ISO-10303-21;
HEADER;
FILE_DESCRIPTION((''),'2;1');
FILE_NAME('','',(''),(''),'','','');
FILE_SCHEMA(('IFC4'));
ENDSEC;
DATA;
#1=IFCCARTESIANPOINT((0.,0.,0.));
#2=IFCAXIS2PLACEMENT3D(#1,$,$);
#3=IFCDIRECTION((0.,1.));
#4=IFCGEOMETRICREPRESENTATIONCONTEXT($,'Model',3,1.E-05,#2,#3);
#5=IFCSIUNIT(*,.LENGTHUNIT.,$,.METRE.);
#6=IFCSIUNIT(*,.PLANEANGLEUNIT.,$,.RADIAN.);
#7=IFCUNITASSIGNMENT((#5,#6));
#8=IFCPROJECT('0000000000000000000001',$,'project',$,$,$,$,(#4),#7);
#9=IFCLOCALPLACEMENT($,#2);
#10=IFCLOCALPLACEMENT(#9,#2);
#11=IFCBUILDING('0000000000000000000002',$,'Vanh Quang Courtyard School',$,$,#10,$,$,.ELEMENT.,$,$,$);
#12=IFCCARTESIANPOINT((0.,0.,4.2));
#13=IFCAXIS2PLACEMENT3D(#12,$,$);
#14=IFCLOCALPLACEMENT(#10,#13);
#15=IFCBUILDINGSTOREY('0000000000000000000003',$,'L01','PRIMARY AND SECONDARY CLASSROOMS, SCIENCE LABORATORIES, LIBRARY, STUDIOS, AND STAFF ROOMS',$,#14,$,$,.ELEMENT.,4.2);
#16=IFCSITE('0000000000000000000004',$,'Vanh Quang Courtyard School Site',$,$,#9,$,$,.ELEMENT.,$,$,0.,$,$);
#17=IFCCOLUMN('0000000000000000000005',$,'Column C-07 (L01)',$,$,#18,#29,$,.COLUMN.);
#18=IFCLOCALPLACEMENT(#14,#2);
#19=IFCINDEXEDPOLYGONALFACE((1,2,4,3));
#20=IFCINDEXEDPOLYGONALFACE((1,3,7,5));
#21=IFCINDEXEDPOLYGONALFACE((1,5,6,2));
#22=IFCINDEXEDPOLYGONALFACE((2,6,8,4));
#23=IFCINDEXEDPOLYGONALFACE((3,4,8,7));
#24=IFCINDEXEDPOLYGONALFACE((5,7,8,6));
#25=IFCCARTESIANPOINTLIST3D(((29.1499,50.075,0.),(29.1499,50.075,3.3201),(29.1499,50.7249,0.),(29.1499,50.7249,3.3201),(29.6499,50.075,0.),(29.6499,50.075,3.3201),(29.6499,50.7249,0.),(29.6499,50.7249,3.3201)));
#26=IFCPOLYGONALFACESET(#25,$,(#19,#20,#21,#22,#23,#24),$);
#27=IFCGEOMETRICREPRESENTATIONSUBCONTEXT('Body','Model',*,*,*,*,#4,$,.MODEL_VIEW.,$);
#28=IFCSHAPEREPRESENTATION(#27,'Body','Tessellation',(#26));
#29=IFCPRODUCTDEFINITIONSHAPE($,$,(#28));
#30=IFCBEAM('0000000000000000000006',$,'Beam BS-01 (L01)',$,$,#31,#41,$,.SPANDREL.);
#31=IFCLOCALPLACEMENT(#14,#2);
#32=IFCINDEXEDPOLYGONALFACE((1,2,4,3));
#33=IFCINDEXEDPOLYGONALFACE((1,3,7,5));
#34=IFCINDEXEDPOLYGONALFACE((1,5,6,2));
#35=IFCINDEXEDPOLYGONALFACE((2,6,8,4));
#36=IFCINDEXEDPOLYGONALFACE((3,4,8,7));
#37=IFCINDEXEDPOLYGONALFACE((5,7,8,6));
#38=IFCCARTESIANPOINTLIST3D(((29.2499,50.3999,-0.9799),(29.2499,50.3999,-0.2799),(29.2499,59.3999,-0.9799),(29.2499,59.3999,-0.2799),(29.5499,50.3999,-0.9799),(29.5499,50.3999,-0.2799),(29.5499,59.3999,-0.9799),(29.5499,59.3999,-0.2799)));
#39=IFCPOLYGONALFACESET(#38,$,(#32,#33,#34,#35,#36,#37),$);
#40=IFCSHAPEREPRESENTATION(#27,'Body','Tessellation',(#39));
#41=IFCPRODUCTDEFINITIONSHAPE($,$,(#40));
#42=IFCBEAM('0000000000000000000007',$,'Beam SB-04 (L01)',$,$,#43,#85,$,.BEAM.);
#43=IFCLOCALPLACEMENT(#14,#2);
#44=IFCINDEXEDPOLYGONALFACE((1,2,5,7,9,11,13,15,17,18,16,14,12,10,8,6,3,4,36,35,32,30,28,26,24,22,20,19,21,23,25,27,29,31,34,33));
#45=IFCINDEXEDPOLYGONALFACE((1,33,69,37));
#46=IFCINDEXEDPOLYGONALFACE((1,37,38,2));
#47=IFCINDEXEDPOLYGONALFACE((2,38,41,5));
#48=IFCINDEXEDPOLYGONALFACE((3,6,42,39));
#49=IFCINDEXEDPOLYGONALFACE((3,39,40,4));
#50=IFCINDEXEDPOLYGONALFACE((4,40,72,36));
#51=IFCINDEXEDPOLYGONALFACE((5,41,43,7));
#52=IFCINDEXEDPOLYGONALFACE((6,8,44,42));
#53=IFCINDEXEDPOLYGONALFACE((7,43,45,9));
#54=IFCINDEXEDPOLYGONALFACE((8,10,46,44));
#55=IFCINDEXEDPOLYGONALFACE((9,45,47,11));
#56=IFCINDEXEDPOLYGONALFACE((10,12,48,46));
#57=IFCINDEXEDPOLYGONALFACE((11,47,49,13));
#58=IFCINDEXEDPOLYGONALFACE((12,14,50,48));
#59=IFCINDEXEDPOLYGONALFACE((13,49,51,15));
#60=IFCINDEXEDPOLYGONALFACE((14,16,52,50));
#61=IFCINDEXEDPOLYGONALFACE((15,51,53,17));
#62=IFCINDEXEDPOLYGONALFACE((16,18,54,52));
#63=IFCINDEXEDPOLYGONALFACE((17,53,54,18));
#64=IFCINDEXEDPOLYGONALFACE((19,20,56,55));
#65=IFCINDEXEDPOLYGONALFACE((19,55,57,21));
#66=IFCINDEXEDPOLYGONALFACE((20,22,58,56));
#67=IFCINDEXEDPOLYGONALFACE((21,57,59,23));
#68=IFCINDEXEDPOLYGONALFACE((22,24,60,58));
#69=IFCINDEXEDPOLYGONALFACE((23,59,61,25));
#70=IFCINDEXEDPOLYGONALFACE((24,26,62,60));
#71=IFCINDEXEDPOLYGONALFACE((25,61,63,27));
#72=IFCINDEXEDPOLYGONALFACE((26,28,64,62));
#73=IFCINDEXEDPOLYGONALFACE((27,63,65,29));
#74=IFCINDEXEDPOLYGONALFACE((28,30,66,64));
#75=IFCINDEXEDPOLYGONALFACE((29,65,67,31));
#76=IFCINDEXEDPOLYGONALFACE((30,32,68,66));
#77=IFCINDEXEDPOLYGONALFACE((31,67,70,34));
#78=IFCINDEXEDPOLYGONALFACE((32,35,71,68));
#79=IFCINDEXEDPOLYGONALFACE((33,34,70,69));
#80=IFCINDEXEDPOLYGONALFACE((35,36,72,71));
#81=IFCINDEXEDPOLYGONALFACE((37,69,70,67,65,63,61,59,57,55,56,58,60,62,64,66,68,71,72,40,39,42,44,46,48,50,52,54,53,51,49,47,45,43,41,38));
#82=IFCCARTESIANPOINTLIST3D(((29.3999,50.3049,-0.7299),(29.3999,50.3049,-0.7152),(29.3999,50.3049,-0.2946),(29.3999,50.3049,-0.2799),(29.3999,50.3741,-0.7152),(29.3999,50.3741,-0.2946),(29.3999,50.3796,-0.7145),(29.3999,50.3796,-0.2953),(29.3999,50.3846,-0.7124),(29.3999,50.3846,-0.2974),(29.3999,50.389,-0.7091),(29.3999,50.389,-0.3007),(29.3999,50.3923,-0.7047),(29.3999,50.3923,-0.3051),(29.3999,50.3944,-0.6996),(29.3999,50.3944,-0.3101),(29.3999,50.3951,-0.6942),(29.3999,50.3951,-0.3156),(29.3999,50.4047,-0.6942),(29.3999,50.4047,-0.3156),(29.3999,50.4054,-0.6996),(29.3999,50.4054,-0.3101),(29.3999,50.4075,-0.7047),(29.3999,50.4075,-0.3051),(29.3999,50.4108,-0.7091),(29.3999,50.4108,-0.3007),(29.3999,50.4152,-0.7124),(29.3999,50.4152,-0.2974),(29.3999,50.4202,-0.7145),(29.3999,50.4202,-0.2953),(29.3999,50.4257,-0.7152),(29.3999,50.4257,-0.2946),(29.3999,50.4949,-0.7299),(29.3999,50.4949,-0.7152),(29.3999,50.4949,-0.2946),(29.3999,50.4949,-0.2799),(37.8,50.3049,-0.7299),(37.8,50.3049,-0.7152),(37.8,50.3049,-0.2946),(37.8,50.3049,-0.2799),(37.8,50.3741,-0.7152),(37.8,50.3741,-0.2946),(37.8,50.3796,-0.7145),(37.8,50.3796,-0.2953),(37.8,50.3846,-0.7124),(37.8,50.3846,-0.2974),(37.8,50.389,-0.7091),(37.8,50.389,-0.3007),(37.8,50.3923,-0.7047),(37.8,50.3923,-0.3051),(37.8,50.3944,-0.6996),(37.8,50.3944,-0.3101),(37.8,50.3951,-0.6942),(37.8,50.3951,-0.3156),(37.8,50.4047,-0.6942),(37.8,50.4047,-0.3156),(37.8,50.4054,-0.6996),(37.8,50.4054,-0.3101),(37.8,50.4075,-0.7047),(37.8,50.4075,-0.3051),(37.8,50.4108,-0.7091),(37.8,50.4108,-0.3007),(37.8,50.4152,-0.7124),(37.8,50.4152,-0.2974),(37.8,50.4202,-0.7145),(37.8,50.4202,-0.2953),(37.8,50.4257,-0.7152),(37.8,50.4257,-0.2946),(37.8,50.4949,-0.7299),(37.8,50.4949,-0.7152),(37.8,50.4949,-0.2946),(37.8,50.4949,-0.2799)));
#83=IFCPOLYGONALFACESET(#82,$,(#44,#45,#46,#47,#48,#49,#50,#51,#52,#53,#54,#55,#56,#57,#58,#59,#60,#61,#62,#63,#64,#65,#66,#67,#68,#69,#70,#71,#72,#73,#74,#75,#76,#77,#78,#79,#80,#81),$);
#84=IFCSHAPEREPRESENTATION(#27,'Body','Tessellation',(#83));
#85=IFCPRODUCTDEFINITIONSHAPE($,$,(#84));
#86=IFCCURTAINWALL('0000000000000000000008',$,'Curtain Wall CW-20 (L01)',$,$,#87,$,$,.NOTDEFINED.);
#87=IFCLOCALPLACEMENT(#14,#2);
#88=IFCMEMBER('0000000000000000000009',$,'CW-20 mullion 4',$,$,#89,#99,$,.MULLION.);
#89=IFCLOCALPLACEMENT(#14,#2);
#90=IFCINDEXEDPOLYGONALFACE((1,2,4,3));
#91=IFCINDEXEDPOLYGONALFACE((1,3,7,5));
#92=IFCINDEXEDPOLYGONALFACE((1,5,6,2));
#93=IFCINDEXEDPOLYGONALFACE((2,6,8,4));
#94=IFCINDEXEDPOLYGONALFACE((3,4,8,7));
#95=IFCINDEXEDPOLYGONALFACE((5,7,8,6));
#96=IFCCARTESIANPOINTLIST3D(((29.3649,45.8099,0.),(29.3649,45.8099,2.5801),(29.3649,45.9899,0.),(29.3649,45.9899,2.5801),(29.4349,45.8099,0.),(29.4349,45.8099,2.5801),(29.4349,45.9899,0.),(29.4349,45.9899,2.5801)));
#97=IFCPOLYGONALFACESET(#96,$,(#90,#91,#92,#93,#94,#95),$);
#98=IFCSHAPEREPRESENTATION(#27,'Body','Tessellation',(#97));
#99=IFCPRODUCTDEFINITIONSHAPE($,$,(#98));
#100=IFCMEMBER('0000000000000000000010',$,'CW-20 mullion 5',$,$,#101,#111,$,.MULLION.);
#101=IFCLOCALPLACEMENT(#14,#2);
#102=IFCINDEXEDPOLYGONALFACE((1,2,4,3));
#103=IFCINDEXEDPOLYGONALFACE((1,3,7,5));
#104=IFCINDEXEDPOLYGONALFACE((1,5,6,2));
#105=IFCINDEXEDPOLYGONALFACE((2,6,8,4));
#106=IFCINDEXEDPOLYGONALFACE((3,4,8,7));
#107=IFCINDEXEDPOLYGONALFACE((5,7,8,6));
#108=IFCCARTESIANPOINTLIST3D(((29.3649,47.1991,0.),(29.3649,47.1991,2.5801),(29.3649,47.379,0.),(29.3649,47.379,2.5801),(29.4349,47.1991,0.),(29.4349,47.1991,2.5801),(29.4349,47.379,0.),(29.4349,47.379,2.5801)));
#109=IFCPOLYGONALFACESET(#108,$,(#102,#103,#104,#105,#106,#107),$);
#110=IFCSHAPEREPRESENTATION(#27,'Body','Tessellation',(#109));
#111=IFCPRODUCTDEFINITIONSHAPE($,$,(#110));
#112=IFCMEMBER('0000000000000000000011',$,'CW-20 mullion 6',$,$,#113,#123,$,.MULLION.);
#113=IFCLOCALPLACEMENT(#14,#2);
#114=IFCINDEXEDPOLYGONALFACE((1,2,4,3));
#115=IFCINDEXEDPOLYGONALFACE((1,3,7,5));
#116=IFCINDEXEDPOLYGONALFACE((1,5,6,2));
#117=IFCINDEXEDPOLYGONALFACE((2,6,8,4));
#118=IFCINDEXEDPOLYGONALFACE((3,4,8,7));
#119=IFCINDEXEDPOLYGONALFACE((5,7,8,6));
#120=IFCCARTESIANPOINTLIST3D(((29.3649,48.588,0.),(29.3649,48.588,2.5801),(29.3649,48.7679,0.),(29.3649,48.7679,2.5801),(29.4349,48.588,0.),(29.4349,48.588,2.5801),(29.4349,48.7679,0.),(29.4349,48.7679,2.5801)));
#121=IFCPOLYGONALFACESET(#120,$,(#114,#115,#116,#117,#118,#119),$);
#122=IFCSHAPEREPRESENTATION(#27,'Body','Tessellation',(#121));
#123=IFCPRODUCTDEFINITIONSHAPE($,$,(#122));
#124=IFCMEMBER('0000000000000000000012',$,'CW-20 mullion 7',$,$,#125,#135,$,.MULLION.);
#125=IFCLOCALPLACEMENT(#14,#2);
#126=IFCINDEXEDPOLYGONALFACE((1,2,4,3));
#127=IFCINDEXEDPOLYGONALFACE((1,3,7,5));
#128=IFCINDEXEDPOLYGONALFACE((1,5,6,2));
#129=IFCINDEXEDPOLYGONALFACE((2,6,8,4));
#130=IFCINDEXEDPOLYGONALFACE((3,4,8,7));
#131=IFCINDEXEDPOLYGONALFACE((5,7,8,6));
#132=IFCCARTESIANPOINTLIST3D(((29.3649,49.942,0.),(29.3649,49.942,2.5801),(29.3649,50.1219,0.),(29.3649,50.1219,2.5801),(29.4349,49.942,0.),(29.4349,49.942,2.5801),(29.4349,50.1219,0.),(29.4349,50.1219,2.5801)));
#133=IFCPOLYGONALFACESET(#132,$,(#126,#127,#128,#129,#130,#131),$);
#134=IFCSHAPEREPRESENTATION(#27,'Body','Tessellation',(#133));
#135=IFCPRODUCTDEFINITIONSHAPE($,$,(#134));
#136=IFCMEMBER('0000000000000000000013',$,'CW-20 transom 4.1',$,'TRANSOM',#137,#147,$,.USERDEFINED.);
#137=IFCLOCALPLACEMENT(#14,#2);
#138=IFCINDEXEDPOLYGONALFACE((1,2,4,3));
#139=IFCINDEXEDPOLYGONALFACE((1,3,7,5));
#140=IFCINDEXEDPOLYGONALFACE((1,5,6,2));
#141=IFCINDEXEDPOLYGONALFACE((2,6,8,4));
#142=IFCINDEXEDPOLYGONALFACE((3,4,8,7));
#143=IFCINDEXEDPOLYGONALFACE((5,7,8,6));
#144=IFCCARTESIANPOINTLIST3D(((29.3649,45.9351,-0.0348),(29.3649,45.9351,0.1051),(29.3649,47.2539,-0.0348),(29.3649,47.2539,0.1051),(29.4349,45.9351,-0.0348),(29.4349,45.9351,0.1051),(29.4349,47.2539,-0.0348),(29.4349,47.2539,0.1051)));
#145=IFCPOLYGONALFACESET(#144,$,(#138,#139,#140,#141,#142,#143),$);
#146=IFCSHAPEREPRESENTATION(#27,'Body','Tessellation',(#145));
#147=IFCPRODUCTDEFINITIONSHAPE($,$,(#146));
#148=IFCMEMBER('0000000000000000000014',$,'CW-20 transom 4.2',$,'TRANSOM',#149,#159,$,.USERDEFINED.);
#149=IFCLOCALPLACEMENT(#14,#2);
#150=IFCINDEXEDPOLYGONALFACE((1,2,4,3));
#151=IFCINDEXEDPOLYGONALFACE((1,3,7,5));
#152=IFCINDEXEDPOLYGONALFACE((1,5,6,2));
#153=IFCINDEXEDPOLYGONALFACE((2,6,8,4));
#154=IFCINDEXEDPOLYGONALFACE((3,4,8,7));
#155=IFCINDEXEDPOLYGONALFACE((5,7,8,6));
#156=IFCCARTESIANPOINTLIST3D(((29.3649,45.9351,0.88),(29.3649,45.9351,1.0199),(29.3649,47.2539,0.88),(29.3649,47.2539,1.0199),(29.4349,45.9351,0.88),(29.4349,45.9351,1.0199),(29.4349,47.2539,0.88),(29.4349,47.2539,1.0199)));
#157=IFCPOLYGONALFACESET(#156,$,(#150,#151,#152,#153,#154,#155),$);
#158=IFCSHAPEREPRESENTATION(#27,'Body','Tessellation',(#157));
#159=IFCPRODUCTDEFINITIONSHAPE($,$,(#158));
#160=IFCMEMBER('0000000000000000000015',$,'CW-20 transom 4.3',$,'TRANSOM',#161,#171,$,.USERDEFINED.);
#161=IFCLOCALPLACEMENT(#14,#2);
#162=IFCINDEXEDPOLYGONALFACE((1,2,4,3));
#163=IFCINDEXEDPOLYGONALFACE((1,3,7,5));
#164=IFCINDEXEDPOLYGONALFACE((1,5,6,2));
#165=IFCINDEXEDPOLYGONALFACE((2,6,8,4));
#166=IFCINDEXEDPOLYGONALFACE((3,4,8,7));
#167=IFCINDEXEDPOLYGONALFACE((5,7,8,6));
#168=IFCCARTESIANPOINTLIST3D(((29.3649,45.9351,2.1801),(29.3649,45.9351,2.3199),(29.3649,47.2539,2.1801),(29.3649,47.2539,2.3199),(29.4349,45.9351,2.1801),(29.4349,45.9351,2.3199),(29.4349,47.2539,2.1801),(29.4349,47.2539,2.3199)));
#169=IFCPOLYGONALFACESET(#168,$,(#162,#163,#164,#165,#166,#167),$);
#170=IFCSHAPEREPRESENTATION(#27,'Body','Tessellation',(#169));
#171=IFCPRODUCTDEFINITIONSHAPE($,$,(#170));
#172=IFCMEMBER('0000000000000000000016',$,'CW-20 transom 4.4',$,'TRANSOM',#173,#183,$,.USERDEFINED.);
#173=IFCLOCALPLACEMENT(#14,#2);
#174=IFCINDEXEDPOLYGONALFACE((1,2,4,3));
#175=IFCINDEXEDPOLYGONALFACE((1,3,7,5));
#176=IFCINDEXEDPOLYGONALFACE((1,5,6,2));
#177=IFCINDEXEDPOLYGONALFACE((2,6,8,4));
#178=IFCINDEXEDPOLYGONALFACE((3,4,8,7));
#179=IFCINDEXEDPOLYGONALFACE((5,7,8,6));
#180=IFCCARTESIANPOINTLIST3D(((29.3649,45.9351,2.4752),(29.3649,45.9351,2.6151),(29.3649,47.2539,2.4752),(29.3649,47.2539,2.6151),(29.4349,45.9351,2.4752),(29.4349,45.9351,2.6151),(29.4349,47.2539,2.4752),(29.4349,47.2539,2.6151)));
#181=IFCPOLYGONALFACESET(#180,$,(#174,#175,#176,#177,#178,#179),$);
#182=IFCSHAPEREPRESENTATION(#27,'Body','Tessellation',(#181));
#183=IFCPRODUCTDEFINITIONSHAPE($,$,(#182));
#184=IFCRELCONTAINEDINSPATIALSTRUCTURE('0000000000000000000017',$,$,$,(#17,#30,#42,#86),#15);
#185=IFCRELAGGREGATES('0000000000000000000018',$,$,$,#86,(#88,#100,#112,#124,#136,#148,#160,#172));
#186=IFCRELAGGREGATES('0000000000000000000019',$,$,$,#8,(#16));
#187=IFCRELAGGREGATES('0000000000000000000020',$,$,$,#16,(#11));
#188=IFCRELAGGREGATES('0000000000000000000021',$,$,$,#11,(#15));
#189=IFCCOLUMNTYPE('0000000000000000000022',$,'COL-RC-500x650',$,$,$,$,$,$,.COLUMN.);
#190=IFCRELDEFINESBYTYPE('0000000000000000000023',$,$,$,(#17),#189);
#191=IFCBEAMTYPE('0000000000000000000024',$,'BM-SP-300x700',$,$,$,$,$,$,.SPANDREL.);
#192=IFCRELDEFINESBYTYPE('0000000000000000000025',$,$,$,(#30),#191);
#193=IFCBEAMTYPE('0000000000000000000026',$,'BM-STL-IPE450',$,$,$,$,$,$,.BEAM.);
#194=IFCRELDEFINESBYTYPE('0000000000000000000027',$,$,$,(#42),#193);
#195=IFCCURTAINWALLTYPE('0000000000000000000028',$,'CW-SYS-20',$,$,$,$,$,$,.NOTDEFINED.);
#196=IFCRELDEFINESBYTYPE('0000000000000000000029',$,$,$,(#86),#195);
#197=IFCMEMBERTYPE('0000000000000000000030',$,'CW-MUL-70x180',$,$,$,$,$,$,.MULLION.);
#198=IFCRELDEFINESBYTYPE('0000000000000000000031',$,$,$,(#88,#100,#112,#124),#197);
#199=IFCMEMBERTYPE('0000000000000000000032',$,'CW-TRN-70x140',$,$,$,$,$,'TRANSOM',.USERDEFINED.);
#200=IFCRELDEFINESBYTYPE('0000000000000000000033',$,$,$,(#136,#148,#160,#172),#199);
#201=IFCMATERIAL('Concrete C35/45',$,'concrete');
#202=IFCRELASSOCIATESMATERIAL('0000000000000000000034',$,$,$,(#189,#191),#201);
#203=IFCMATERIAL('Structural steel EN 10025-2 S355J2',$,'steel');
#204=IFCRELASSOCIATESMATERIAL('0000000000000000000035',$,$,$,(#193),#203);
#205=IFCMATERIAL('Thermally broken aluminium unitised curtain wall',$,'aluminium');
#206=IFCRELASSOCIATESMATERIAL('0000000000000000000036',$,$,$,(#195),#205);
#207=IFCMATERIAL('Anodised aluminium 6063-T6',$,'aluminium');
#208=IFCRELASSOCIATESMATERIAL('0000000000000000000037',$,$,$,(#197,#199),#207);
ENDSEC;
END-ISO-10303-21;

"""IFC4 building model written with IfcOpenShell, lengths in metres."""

from ifc_helpers import new_model, si_unit, direction, frame, origin, origin_2d, place, context, subcontext, project, spatial, rectangle, i_section, extrude, material, material_profile, profile_set, type_object, element, aggregate, save


model = new_model("IFC4")

# Units and contexts
model_context = context("Model", 3, precision=1e-05, world=origin(), true_north=direction((0.0, 1.0)))
body_context = subcontext(model_context, "Body", "Model", "MODEL_VIEW")
ifc_project = project(units=[si_unit("LENGTHUNIT", "METRE"), si_unit("PLANEANGLEUNIT", "RADIAN")], contexts=[model_context])

# Site, building, storey
site_placement = place(None, origin())
site = spatial("IfcSite", under=ifc_project, at=site_placement, Name="Vanh Quang Courtyard School Site", CompositionType="ELEMENT", RefElevation=0.0)
building_placement = place(site_placement, origin())
building = spatial("IfcBuilding", under=site, at=building_placement, Name="Vanh Quang Courtyard School", CompositionType="ELEMENT")
storey_placement = place(building_placement, frame((0.0, 0.0, 4.2)))
storey = spatial("IfcBuildingStorey", under=building, at=storey_placement, Name="L01", Description="PRIMARY AND SECONDARY CLASSROOMS, SCIENCE LABORATORIES, LIBRARY, STUDIOS, AND STAFF ROOMS", CompositionType="ELEMENT", Elevation=4.2)

# Column
ifc_material_1 = material(Name="Concrete C35/45", Category="concrete")
ifc_material_profile_1 = material_profile(ifc_material_1, rectangle(XDim=0.5, YDim=0.6499, at=origin_2d()), Name="RC-COL 500x650")
ifc_profile_set_1 = profile_set([ifc_material_profile_1], Name="Concrete C35/45")
column_type = type_object("IfcColumnType", Name="COL-RC-500x650", PredefinedType="COLUMN", material=ifc_profile_set_1)
column_placement = place(storey_placement, frame((29.3999, 50.3999, 0.0), z_axis=(0.0, 0.0, 1.0), x_axis=(1.0, 0.0, 0.0)))
element("IfcColumn", 1, at=column_placement, inside=storey, type_object=column_type, Name="Column C-07 (L01)", PredefinedType="COLUMN", context=body_context, shape_type="SweptSolid", body=[
    extrude(rectangle(XDim=0.5, YDim=0.6499, at=origin_2d()), origin(), (0.0, 0.0, 1.0), 3.3201),
])

# Beams
ifc_material_profile_2 = material_profile(ifc_material_1, rectangle(XDim=0.3, YDim=0.7, at=origin_2d()), Name="RC-SP 300x700")
ifc_profile_set_2 = profile_set([ifc_material_profile_2], Name="Concrete C35/45")
beam_type_1 = type_object("IfcBeamType", Name="BM-SP-300x700", PredefinedType="SPANDREL", material=ifc_profile_set_2)
beam_1_placement = place(storey_placement, frame((29.3999, 50.3999, -0.6299), z_axis=(0.0, 1.0, 0.0), x_axis=(-1.0, 0.0, 0.0)))
element("IfcBeam", 2, at=beam_1_placement, inside=storey, type_object=beam_type_1, Name="Beam BS-01 (L01)", PredefinedType="SPANDREL", context=body_context, shape_type="SweptSolid", body=[
    extrude(rectangle(XDim=0.3, YDim=0.7, at=origin_2d()), origin(), (0.0, 0.0, 1.0), 9.0),
])
ifc_material_2 = material(Name="Structural steel EN 10025-2 S355J2", Category="steel")
ifc_material_profile_3 = material_profile(ifc_material_2, i_section(OverallWidth=0.1899, OverallDepth=0.45, WebThickness=0.0095, FlangeThickness=0.0146, FilletRadius=0.021, at=origin_2d()), Name="IPE 450")
ifc_profile_set_3 = profile_set([ifc_material_profile_3], Name="Structural steel EN 10025-2 S355J2")
beam_type_2 = type_object("IfcBeamType", Name="BM-STL-IPE450", PredefinedType="BEAM", material=ifc_profile_set_3)
beam_2_placement = place(storey_placement, frame((29.3999, 50.3999, -0.5049), z_axis=(1.0, 0.0, 0.0), x_axis=(0.0, 1.0, 0.0)))
element("IfcBeam", 3, at=beam_2_placement, inside=storey, type_object=beam_type_2, Name="Beam SB-04 (L01)", PredefinedType="BEAM", context=body_context, shape_type="SweptSolid", body=[
    extrude(i_section(OverallWidth=0.1899, OverallDepth=0.45, WebThickness=0.0095, FlangeThickness=0.0146, FilletRadius=0.021, at=origin_2d()), origin(), (0.0, 0.0, 1.0), 8.4001),
])

# Curtain wall, members
ifc_material_3 = material(Name="Thermally broken aluminium unitised curtain wall", Category="aluminium")
curtain_wall_type = type_object("IfcCurtainWallType", Name="CW-SYS-20", PredefinedType="NOTDEFINED", material=ifc_material_3)
curtain_wall_placement = place(storey_placement, origin())
curtain_wall = element("IfcCurtainWall", 4, at=curtain_wall_placement, inside=storey, type_object=curtain_wall_type, Name="Curtain Wall CW-20 (L01)", PredefinedType="NOTDEFINED")
ifc_material_4 = material(Name="Anodised aluminium 6063-T6", Category="aluminium")
ifc_material_profile_4 = material_profile(ifc_material_4, rectangle(XDim=0.0701, YDim=0.1799, at=origin_2d()), Name="ALU-MUL 70x180")
ifc_profile_set_4 = profile_set([ifc_material_profile_4], Name="Anodised aluminium 6063-T6")
member_type_1 = type_object("IfcMemberType", Name="CW-MUL-70x180", PredefinedType="MULLION", material=ifc_profile_set_4)
member_1_placement = place(storey_placement, frame((29.3999, 45.8999, 0.0), z_axis=(0.0, 0.0, 1.0), x_axis=(-1.0, 0.0, 0.0)))
member_1 = element("IfcMember", 5, at=member_1_placement, type_object=member_type_1, Name="CW-20 mullion 4", PredefinedType="MULLION", context=body_context, shape_type="SweptSolid", body=[
    extrude(rectangle(XDim=0.0701, YDim=0.1799, at=origin_2d()), origin(), (0.0, 0.0, 1.0), 2.5801),
])
member_2_placement = place(storey_placement, frame((29.3999, 47.2891, 0.0), z_axis=(0.0, 0.0, 1.0), x_axis=(-1.0, 0.0, 0.0)))
member_2 = element("IfcMember", 6, at=member_2_placement, type_object=member_type_1, Name="CW-20 mullion 5", PredefinedType="MULLION", context=body_context, shape_type="SweptSolid", body=[
    extrude(rectangle(XDim=0.0701, YDim=0.1799, at=origin_2d()), origin(), (0.0, 0.0, 1.0), 2.5801),
])
member_3_placement = place(storey_placement, frame((29.3999, 48.678, 0.0), z_axis=(0.0, 0.0, 1.0), x_axis=(-1.0, 0.0, 0.0)))
member_3 = element("IfcMember", 7, at=member_3_placement, type_object=member_type_1, Name="CW-20 mullion 6", PredefinedType="MULLION", context=body_context, shape_type="SweptSolid", body=[
    extrude(rectangle(XDim=0.0701, YDim=0.1799, at=origin_2d()), origin(), (0.0, 0.0, 1.0), 2.5801),
])
member_4_placement = place(storey_placement, frame((29.3999, 50.032, 0.0), z_axis=(0.0, 0.0, 1.0), x_axis=(-1.0, 0.0, 0.0)))
member_4 = element("IfcMember", 8, at=member_4_placement, type_object=member_type_1, Name="CW-20 mullion 7", PredefinedType="MULLION", context=body_context, shape_type="SweptSolid", body=[
    extrude(rectangle(XDim=0.0701, YDim=0.1799, at=origin_2d()), origin(), (0.0, 0.0, 1.0), 2.5801),
])
ifc_material_profile_5 = material_profile(ifc_material_4, rectangle(XDim=0.0701, YDim=0.1399, at=origin_2d()), Name="ALU-TRN 70x140")
ifc_profile_set_5 = profile_set([ifc_material_profile_5], Name="Anodised aluminium 6063-T6")
member_type_2 = type_object("IfcMemberType", Name="CW-TRN-70x140", ElementType="TRANSOM", PredefinedType="USERDEFINED", material=ifc_profile_set_5)
member_5_placement = place(storey_placement, frame((29.3999, 45.9351, 0.0352), z_axis=(0.0, 1.0, 0.0), x_axis=(-1.0, 0.0, 0.0)))
member_5 = element("IfcMember", 9, at=member_5_placement, type_object=member_type_2, Name="CW-20 transom 4.1", ObjectType="TRANSOM", PredefinedType="USERDEFINED", context=body_context, shape_type="SweptSolid", body=[
    extrude(rectangle(XDim=0.0701, YDim=0.1399, at=origin_2d()), origin(), (0.0, 0.0, 1.0), 1.3188),
])
member_6_placement = place(storey_placement, frame((29.3999, 45.9351, 0.95), z_axis=(0.0, 1.0, 0.0), x_axis=(-1.0, 0.0, 0.0)))
member_6 = element("IfcMember", 10, at=member_6_placement, type_object=member_type_2, Name="CW-20 transom 4.2", ObjectType="TRANSOM", PredefinedType="USERDEFINED", context=body_context, shape_type="SweptSolid", body=[
    extrude(rectangle(XDim=0.0701, YDim=0.1399, at=origin_2d()), origin(), (0.0, 0.0, 1.0), 1.3188),
])
member_7_placement = place(storey_placement, frame((29.3999, 45.9351, 2.25), z_axis=(0.0, 1.0, 0.0), x_axis=(-1.0, 0.0, 0.0)))
member_7 = element("IfcMember", 11, at=member_7_placement, type_object=member_type_2, Name="CW-20 transom 4.3", ObjectType="TRANSOM", PredefinedType="USERDEFINED", context=body_context, shape_type="SweptSolid", body=[
    extrude(rectangle(XDim=0.0701, YDim=0.1399, at=origin_2d()), origin(), (0.0, 0.0, 1.0), 1.3188),
])
member_8_placement = place(storey_placement, frame((29.3999, 45.9351, 2.5452), z_axis=(0.0, 1.0, 0.0), x_axis=(-1.0, 0.0, 0.0)))
member_8 = element("IfcMember", 12, at=member_8_placement, type_object=member_type_2, Name="CW-20 transom 4.4", ObjectType="TRANSOM", PredefinedType="USERDEFINED", context=body_context, shape_type="SweptSolid", body=[
    extrude(rectangle(XDim=0.0701, YDim=0.1399, at=origin_2d()), origin(), (0.0, 0.0, 1.0), 1.3188),
])
aggregate(curtain_wall, [member_1, member_2, member_3, member_4, member_5, member_6, member_7, member_8])

save(model, "model.ifc")
